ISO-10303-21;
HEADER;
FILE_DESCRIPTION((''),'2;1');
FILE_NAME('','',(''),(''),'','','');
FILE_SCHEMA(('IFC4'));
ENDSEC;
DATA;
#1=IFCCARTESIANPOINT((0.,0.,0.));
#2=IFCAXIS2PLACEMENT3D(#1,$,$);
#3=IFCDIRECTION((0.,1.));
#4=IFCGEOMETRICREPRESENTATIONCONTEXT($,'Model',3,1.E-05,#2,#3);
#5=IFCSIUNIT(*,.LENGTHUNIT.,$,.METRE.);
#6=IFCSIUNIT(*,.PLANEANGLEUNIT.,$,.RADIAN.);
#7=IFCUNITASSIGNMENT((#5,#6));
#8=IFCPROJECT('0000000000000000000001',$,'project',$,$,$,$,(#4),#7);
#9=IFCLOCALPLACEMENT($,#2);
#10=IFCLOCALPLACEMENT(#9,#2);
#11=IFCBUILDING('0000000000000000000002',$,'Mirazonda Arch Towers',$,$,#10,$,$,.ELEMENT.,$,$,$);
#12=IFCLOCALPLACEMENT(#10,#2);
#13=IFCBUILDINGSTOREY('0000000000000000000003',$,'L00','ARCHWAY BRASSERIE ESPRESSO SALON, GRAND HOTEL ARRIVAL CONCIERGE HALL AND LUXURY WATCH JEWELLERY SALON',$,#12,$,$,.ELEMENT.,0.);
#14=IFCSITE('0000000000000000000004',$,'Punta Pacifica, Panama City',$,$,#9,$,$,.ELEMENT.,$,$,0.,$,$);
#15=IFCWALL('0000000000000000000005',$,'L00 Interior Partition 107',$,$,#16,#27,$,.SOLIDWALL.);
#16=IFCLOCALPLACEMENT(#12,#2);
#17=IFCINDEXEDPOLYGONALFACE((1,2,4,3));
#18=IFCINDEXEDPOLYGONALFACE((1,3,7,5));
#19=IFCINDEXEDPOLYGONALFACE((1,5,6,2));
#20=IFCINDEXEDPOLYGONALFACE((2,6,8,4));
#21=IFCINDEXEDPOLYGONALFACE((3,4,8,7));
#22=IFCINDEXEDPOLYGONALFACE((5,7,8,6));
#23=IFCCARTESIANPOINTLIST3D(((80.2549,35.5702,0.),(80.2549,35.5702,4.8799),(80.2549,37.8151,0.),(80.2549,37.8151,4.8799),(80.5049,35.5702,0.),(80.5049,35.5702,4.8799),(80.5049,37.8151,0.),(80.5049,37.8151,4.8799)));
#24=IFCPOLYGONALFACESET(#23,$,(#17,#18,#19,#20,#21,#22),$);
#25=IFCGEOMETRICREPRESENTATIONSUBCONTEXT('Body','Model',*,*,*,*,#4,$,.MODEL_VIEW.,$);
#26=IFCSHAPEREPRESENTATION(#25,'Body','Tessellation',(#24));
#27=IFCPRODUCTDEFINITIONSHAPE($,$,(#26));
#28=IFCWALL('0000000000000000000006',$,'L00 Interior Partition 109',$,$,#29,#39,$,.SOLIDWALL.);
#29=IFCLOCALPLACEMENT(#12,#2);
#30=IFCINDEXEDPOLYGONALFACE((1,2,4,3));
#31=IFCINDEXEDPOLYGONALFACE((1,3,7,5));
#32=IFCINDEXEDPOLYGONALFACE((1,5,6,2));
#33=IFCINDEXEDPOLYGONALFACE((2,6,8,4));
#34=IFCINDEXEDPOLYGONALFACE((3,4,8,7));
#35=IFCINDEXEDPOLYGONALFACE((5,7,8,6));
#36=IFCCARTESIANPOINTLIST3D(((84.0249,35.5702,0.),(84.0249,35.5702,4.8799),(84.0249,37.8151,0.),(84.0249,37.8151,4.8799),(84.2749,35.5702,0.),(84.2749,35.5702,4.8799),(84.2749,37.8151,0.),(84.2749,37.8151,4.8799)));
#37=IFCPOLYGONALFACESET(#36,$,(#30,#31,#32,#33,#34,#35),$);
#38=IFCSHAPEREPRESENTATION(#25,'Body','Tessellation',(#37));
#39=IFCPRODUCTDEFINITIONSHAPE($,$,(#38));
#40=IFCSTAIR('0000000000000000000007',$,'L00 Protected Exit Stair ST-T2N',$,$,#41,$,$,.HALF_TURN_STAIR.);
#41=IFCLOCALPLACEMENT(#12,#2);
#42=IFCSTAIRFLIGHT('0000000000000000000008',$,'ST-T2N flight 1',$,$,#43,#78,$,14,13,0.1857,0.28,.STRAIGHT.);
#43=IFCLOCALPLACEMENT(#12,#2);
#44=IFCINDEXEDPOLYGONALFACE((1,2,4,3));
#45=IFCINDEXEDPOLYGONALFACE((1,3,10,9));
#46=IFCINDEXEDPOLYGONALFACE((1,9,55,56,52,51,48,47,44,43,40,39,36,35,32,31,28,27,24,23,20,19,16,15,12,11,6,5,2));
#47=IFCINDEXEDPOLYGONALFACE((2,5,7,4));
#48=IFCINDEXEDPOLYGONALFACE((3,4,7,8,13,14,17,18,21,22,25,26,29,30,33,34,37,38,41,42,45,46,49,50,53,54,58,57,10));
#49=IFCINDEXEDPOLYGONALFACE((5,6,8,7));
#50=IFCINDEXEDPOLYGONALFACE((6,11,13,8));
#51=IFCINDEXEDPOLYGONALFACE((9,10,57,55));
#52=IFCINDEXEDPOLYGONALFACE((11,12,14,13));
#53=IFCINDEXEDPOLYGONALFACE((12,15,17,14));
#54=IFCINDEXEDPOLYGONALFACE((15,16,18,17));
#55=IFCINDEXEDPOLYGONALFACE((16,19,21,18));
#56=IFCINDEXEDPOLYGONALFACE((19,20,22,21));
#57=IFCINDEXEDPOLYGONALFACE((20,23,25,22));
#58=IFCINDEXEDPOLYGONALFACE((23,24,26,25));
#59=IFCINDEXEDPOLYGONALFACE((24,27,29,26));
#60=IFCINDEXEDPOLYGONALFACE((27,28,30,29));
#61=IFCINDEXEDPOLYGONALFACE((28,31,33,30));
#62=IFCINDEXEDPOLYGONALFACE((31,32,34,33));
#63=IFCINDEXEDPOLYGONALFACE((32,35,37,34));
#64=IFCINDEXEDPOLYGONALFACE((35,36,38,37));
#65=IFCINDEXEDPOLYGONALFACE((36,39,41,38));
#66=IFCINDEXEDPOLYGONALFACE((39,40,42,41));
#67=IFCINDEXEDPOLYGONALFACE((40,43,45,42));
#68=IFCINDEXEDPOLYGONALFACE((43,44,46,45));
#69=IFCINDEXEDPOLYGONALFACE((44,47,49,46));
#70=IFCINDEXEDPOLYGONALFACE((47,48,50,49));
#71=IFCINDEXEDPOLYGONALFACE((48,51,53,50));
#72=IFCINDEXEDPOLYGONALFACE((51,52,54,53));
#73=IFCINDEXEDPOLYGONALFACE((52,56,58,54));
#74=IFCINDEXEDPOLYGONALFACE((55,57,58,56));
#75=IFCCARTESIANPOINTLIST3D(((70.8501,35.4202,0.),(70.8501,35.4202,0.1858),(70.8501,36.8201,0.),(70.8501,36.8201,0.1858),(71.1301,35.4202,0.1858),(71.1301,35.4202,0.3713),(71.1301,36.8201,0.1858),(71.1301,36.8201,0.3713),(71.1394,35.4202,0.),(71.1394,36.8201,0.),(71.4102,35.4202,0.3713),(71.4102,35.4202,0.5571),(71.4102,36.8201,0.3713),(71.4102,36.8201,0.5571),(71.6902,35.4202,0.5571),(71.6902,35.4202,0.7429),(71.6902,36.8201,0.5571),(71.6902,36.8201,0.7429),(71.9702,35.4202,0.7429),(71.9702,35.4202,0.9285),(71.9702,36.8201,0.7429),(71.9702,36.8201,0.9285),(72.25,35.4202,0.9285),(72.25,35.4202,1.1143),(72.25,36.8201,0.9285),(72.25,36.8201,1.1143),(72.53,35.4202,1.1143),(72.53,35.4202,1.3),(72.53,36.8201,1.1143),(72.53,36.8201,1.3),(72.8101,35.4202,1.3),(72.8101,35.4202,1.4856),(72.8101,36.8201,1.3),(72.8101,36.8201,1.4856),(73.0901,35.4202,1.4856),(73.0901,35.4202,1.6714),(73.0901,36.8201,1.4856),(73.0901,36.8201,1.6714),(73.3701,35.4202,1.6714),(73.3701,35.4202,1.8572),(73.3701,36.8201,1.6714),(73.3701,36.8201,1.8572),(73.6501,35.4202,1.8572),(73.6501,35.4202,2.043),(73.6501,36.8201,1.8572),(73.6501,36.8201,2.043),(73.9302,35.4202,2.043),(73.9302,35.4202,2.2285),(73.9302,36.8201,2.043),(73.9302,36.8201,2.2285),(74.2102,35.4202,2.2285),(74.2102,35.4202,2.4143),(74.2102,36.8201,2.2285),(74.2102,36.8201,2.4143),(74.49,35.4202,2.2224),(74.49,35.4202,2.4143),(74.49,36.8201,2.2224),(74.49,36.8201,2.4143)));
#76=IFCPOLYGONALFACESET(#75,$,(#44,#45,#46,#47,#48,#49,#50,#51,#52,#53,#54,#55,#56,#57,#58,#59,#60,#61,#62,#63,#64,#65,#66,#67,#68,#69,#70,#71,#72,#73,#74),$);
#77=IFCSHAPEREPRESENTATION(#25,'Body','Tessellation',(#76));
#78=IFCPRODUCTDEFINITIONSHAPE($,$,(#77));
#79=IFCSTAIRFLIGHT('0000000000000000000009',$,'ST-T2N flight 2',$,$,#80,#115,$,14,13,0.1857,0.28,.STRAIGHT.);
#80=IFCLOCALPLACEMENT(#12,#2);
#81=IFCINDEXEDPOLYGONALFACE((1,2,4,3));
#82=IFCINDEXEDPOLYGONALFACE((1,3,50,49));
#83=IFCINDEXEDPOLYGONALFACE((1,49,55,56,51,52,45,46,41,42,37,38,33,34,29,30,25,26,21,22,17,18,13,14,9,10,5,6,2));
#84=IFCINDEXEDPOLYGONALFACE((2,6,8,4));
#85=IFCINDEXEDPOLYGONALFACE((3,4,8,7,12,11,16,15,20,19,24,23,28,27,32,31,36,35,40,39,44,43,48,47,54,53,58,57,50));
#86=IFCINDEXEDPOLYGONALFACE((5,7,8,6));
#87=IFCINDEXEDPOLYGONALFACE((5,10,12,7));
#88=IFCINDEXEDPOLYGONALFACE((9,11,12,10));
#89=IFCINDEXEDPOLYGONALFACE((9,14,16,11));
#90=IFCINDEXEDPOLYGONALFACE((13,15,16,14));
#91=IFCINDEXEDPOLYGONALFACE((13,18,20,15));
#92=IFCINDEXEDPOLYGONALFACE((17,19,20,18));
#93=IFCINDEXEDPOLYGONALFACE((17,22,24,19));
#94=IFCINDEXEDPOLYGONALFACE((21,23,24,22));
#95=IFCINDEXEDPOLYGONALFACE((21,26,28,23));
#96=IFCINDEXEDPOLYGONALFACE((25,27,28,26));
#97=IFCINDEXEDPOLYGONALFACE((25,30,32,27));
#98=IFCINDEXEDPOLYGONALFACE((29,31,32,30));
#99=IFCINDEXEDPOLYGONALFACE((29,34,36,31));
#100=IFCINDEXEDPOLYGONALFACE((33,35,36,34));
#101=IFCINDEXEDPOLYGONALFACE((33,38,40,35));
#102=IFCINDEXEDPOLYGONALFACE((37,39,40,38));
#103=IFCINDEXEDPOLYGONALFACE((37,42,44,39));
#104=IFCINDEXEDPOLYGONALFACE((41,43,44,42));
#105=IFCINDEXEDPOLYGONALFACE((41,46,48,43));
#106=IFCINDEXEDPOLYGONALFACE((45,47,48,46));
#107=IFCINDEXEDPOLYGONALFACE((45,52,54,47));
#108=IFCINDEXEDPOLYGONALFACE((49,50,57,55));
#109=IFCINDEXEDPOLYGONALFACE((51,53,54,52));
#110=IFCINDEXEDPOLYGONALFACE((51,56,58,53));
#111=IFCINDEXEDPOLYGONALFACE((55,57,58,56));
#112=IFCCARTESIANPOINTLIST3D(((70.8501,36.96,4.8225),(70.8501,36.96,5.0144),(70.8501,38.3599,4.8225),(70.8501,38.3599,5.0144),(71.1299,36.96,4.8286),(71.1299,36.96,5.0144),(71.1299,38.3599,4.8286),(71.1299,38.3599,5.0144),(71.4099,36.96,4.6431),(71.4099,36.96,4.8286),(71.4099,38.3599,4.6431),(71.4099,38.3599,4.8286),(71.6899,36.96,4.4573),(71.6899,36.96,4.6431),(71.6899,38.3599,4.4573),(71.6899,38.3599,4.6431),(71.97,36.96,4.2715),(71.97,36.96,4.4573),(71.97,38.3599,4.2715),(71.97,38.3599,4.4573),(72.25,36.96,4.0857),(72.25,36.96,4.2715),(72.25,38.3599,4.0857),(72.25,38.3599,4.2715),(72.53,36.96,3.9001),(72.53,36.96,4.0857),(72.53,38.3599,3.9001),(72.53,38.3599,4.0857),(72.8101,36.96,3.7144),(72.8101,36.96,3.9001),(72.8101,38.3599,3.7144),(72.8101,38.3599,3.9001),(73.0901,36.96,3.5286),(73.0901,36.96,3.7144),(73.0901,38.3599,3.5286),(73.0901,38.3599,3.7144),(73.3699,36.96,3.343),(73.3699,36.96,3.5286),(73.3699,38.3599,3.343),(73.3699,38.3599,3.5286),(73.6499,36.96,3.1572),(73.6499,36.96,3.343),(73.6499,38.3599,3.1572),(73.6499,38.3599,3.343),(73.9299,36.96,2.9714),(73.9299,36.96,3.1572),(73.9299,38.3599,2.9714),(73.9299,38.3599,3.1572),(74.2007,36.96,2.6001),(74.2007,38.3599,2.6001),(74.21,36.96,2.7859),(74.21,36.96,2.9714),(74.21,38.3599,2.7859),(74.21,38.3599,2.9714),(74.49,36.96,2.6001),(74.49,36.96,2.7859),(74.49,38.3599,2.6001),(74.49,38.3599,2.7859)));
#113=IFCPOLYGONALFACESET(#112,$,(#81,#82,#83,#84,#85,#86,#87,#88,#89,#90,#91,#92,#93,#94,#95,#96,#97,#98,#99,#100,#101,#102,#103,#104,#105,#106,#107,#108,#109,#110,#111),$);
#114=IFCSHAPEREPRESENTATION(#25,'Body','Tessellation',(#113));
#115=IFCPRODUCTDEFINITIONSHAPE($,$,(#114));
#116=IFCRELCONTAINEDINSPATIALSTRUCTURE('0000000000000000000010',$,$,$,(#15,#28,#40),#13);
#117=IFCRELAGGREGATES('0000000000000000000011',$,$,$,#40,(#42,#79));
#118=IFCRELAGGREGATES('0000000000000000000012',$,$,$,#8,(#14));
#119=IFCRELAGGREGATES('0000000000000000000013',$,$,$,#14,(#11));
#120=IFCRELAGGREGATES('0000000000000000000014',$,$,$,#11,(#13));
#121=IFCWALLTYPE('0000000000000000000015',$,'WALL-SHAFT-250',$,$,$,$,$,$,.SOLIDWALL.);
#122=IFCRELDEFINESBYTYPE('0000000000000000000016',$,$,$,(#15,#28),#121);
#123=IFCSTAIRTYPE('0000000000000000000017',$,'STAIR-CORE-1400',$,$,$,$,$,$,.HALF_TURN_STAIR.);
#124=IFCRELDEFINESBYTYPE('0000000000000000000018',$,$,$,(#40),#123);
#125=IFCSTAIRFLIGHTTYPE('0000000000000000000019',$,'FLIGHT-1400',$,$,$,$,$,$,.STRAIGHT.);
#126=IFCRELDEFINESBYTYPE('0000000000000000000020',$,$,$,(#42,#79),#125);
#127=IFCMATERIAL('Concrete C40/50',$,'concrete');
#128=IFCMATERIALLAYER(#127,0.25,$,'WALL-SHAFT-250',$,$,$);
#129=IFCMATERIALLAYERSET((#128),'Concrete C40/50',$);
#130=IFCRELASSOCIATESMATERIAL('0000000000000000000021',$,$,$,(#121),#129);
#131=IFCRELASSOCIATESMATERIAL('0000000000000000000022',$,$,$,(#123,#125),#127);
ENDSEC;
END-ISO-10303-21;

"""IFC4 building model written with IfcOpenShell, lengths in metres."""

from ifc_helpers import new_model, si_unit, direction, frame, frame_2d, origin, place, context, subcontext, project, spatial, polyline, rectangle, outline, extrude, material, layer, layer_set, type_object, element, aggregate, save


model = new_model("IFC4")

# Units and contexts
model_context = context("Model", 3, precision=1e-05, world=origin(), true_north=direction((0.0, 1.0)))
body_context = subcontext(model_context, "Body", "Model", "MODEL_VIEW")
ifc_project = project(units=[si_unit("LENGTHUNIT", "METRE"), si_unit("PLANEANGLEUNIT", "RADIAN")], contexts=[model_context])

# Site, building, storey
site_placement = place(None, origin())
site = spatial("IfcSite", under=ifc_project, at=site_placement, Name="Punta Pacifica, Panama City", CompositionType="ELEMENT", RefElevation=0.0)
building_placement = place(site_placement, origin())
building = spatial("IfcBuilding", under=site, at=building_placement, Name="Mirazonda Arch Towers", CompositionType="ELEMENT")
storey_placement = place(building_placement, origin())
storey = spatial("IfcBuildingStorey", under=building, at=storey_placement, Name="L00", Description="ARCHWAY BRASSERIE ESPRESSO SALON, GRAND HOTEL ARRIVAL CONCIERGE HALL AND LUXURY WATCH JEWELLERY SALON", CompositionType="ELEMENT", Elevation=0.0)

# Shared definitions
ifc_material_1 = material(Name="Concrete C40/50", Category="concrete")

# Walls
ifc_layer_1 = layer(ifc_material_1, 0.25, Name="WALL-SHAFT-250")
ifc_layer_set_1 = layer_set([ifc_layer_1], Name="Concrete C40/50")
wall_type_1 = type_object("IfcWallType", Name="WALL-SHAFT-250", PredefinedType="SOLIDWALL", material=ifc_layer_set_1)
for number, where, z_axis, x_axis, name in (
    (1, (80.3799, 35.5701, 0.0), (0.0, 0.0, 1.0), (0.0, 1.0, 0.0), "L00 Interior Partition 107"),
    (2, (84.1499, 35.5701, 0.0), (0.0, 0.0, 1.0), (0.0, 1.0, 0.0), "L00 Interior Partition 109"),
):
    element("IfcWall", number, at=place(storey_placement, frame(where, z_axis=z_axis, x_axis=x_axis)), inside=storey, type_object=wall_type_1, Name=name, PredefinedType="SOLIDWALL", context=body_context, shape_type="SweptSolid", body=[
        extrude(rectangle(XDim=2.2449, YDim=0.25, at=frame_2d((1.1226, 0.0))), origin(), (0.0, 0.0, 1.0), 4.8799),
    ])

# Stair, stair flights
stair_type = type_object("IfcStairType", Name="STAIR-CORE-1400", PredefinedType="HALF_TURN_STAIR", material=ifc_material_1)
stair_placement = place(storey_placement, origin())
stair = element("IfcStair", 3, at=stair_placement, inside=storey, type_object=stair_type, Name="L00 Protected Exit Stair ST-T2N", PredefinedType="HALF_TURN_STAIR")
stair_flight_type = type_object("IfcStairFlightType", Name="FLIGHT-1400", PredefinedType="STRAIGHT", material=ifc_material_1)
stair_flight_1_placement = place(storey_placement, frame((70.8501, 36.1201, 0.0), z_axis=(0.0, 0.0, 1.0), x_axis=(1.0, 0.0, 0.0)))
stair_flight_1 = element("IfcStairFlight", 4, at=stair_flight_1_placement, type_object=stair_flight_type, Name="ST-T2N flight 1", NumberOfRisers=14, NumberOfTreads=13, PredefinedType="STRAIGHT", RiserHeight=0.1857, TreadLength=0.28, context=body_context, shape_type="SweptSolid", body=[
    extrude(outline(polyline([(0.0, 0.0), (0.0, 0.1858), (0.28, 0.1858), (0.28, 0.3713), (0.5601, 0.3713), (0.5601, 0.5571), (0.8401, 0.5571), (0.8401, 0.7429), (1.1201, 0.7429), (1.1201, 0.9285), (1.3999, 0.9285), (1.3999, 1.1143), (1.6799, 1.1143), (1.6799, 1.3), (1.96, 1.3), (1.96, 1.4856), (2.24, 1.4856), (2.24, 1.6714), (2.52, 1.6714), (2.52, 1.8572), (2.8, 1.8572), (2.8, 2.043), (3.0801, 2.043), (3.0801, 2.2285), (3.3601, 2.2285), (3.3601, 2.4143), (3.6399, 2.4143), (3.6399, 2.6001), (3.6399, 2.2224), (0.2893, 0.0), (0.0, 0.0)])), frame((0.0, 0.7, 0.0), z_axis=(0.0, -1.0, 0.0), x_axis=(1.0, 0.0, 0.0)), (0.0, 0.0, 1.0), 1.3999),
])
stair_flight_2_placement = place(storey_placement, frame((74.49, 37.6599, 2.6001), z_axis=(0.0, 0.0, 1.0), x_axis=(-1.0, 0.0, 0.0)))
stair_flight_2 = element("IfcStairFlight", 5, at=stair_flight_2_placement, type_object=stair_flight_type, Name="ST-T2N flight 2", NumberOfRisers=14, NumberOfTreads=13, PredefinedType="STRAIGHT", RiserHeight=0.1857, TreadLength=0.28, context=body_context, shape_type="SweptSolid", body=[
    extrude(outline(polyline([(0.0, 0.0), (0.0, 0.1858), (0.28, 0.1858), (0.28, 0.3713), (0.5601, 0.3713), (0.5601, 0.5571), (0.8401, 0.5571), (0.8401, 0.7429), (1.1201, 0.7429), (1.1201, 0.9285), (1.3999, 0.9285), (1.3999, 1.1143), (1.6799, 1.1143), (1.6799, 1.3), (1.96, 1.3), (1.96, 1.4856), (2.24, 1.4856), (2.24, 1.6714), (2.52, 1.6714), (2.52, 1.8572), (2.8, 1.8572), (2.8, 2.043), (3.0801, 2.043), (3.0801, 2.2285), (3.3601, 2.2285), (3.3601, 2.4143), (3.6399, 2.4143), (3.6399, 2.6001), (3.6399, 2.2224), (0.2893, 0.0), (0.0, 0.0)])), frame((0.0, 0.7, 0.0), z_axis=(0.0, -1.0, 0.0), x_axis=(1.0, 0.0, 0.0)), (0.0, 0.0, 1.0), 1.3999),
])
aggregate(stair, [stair_flight_1, stair_flight_2])

save(model, "model.ifc")
